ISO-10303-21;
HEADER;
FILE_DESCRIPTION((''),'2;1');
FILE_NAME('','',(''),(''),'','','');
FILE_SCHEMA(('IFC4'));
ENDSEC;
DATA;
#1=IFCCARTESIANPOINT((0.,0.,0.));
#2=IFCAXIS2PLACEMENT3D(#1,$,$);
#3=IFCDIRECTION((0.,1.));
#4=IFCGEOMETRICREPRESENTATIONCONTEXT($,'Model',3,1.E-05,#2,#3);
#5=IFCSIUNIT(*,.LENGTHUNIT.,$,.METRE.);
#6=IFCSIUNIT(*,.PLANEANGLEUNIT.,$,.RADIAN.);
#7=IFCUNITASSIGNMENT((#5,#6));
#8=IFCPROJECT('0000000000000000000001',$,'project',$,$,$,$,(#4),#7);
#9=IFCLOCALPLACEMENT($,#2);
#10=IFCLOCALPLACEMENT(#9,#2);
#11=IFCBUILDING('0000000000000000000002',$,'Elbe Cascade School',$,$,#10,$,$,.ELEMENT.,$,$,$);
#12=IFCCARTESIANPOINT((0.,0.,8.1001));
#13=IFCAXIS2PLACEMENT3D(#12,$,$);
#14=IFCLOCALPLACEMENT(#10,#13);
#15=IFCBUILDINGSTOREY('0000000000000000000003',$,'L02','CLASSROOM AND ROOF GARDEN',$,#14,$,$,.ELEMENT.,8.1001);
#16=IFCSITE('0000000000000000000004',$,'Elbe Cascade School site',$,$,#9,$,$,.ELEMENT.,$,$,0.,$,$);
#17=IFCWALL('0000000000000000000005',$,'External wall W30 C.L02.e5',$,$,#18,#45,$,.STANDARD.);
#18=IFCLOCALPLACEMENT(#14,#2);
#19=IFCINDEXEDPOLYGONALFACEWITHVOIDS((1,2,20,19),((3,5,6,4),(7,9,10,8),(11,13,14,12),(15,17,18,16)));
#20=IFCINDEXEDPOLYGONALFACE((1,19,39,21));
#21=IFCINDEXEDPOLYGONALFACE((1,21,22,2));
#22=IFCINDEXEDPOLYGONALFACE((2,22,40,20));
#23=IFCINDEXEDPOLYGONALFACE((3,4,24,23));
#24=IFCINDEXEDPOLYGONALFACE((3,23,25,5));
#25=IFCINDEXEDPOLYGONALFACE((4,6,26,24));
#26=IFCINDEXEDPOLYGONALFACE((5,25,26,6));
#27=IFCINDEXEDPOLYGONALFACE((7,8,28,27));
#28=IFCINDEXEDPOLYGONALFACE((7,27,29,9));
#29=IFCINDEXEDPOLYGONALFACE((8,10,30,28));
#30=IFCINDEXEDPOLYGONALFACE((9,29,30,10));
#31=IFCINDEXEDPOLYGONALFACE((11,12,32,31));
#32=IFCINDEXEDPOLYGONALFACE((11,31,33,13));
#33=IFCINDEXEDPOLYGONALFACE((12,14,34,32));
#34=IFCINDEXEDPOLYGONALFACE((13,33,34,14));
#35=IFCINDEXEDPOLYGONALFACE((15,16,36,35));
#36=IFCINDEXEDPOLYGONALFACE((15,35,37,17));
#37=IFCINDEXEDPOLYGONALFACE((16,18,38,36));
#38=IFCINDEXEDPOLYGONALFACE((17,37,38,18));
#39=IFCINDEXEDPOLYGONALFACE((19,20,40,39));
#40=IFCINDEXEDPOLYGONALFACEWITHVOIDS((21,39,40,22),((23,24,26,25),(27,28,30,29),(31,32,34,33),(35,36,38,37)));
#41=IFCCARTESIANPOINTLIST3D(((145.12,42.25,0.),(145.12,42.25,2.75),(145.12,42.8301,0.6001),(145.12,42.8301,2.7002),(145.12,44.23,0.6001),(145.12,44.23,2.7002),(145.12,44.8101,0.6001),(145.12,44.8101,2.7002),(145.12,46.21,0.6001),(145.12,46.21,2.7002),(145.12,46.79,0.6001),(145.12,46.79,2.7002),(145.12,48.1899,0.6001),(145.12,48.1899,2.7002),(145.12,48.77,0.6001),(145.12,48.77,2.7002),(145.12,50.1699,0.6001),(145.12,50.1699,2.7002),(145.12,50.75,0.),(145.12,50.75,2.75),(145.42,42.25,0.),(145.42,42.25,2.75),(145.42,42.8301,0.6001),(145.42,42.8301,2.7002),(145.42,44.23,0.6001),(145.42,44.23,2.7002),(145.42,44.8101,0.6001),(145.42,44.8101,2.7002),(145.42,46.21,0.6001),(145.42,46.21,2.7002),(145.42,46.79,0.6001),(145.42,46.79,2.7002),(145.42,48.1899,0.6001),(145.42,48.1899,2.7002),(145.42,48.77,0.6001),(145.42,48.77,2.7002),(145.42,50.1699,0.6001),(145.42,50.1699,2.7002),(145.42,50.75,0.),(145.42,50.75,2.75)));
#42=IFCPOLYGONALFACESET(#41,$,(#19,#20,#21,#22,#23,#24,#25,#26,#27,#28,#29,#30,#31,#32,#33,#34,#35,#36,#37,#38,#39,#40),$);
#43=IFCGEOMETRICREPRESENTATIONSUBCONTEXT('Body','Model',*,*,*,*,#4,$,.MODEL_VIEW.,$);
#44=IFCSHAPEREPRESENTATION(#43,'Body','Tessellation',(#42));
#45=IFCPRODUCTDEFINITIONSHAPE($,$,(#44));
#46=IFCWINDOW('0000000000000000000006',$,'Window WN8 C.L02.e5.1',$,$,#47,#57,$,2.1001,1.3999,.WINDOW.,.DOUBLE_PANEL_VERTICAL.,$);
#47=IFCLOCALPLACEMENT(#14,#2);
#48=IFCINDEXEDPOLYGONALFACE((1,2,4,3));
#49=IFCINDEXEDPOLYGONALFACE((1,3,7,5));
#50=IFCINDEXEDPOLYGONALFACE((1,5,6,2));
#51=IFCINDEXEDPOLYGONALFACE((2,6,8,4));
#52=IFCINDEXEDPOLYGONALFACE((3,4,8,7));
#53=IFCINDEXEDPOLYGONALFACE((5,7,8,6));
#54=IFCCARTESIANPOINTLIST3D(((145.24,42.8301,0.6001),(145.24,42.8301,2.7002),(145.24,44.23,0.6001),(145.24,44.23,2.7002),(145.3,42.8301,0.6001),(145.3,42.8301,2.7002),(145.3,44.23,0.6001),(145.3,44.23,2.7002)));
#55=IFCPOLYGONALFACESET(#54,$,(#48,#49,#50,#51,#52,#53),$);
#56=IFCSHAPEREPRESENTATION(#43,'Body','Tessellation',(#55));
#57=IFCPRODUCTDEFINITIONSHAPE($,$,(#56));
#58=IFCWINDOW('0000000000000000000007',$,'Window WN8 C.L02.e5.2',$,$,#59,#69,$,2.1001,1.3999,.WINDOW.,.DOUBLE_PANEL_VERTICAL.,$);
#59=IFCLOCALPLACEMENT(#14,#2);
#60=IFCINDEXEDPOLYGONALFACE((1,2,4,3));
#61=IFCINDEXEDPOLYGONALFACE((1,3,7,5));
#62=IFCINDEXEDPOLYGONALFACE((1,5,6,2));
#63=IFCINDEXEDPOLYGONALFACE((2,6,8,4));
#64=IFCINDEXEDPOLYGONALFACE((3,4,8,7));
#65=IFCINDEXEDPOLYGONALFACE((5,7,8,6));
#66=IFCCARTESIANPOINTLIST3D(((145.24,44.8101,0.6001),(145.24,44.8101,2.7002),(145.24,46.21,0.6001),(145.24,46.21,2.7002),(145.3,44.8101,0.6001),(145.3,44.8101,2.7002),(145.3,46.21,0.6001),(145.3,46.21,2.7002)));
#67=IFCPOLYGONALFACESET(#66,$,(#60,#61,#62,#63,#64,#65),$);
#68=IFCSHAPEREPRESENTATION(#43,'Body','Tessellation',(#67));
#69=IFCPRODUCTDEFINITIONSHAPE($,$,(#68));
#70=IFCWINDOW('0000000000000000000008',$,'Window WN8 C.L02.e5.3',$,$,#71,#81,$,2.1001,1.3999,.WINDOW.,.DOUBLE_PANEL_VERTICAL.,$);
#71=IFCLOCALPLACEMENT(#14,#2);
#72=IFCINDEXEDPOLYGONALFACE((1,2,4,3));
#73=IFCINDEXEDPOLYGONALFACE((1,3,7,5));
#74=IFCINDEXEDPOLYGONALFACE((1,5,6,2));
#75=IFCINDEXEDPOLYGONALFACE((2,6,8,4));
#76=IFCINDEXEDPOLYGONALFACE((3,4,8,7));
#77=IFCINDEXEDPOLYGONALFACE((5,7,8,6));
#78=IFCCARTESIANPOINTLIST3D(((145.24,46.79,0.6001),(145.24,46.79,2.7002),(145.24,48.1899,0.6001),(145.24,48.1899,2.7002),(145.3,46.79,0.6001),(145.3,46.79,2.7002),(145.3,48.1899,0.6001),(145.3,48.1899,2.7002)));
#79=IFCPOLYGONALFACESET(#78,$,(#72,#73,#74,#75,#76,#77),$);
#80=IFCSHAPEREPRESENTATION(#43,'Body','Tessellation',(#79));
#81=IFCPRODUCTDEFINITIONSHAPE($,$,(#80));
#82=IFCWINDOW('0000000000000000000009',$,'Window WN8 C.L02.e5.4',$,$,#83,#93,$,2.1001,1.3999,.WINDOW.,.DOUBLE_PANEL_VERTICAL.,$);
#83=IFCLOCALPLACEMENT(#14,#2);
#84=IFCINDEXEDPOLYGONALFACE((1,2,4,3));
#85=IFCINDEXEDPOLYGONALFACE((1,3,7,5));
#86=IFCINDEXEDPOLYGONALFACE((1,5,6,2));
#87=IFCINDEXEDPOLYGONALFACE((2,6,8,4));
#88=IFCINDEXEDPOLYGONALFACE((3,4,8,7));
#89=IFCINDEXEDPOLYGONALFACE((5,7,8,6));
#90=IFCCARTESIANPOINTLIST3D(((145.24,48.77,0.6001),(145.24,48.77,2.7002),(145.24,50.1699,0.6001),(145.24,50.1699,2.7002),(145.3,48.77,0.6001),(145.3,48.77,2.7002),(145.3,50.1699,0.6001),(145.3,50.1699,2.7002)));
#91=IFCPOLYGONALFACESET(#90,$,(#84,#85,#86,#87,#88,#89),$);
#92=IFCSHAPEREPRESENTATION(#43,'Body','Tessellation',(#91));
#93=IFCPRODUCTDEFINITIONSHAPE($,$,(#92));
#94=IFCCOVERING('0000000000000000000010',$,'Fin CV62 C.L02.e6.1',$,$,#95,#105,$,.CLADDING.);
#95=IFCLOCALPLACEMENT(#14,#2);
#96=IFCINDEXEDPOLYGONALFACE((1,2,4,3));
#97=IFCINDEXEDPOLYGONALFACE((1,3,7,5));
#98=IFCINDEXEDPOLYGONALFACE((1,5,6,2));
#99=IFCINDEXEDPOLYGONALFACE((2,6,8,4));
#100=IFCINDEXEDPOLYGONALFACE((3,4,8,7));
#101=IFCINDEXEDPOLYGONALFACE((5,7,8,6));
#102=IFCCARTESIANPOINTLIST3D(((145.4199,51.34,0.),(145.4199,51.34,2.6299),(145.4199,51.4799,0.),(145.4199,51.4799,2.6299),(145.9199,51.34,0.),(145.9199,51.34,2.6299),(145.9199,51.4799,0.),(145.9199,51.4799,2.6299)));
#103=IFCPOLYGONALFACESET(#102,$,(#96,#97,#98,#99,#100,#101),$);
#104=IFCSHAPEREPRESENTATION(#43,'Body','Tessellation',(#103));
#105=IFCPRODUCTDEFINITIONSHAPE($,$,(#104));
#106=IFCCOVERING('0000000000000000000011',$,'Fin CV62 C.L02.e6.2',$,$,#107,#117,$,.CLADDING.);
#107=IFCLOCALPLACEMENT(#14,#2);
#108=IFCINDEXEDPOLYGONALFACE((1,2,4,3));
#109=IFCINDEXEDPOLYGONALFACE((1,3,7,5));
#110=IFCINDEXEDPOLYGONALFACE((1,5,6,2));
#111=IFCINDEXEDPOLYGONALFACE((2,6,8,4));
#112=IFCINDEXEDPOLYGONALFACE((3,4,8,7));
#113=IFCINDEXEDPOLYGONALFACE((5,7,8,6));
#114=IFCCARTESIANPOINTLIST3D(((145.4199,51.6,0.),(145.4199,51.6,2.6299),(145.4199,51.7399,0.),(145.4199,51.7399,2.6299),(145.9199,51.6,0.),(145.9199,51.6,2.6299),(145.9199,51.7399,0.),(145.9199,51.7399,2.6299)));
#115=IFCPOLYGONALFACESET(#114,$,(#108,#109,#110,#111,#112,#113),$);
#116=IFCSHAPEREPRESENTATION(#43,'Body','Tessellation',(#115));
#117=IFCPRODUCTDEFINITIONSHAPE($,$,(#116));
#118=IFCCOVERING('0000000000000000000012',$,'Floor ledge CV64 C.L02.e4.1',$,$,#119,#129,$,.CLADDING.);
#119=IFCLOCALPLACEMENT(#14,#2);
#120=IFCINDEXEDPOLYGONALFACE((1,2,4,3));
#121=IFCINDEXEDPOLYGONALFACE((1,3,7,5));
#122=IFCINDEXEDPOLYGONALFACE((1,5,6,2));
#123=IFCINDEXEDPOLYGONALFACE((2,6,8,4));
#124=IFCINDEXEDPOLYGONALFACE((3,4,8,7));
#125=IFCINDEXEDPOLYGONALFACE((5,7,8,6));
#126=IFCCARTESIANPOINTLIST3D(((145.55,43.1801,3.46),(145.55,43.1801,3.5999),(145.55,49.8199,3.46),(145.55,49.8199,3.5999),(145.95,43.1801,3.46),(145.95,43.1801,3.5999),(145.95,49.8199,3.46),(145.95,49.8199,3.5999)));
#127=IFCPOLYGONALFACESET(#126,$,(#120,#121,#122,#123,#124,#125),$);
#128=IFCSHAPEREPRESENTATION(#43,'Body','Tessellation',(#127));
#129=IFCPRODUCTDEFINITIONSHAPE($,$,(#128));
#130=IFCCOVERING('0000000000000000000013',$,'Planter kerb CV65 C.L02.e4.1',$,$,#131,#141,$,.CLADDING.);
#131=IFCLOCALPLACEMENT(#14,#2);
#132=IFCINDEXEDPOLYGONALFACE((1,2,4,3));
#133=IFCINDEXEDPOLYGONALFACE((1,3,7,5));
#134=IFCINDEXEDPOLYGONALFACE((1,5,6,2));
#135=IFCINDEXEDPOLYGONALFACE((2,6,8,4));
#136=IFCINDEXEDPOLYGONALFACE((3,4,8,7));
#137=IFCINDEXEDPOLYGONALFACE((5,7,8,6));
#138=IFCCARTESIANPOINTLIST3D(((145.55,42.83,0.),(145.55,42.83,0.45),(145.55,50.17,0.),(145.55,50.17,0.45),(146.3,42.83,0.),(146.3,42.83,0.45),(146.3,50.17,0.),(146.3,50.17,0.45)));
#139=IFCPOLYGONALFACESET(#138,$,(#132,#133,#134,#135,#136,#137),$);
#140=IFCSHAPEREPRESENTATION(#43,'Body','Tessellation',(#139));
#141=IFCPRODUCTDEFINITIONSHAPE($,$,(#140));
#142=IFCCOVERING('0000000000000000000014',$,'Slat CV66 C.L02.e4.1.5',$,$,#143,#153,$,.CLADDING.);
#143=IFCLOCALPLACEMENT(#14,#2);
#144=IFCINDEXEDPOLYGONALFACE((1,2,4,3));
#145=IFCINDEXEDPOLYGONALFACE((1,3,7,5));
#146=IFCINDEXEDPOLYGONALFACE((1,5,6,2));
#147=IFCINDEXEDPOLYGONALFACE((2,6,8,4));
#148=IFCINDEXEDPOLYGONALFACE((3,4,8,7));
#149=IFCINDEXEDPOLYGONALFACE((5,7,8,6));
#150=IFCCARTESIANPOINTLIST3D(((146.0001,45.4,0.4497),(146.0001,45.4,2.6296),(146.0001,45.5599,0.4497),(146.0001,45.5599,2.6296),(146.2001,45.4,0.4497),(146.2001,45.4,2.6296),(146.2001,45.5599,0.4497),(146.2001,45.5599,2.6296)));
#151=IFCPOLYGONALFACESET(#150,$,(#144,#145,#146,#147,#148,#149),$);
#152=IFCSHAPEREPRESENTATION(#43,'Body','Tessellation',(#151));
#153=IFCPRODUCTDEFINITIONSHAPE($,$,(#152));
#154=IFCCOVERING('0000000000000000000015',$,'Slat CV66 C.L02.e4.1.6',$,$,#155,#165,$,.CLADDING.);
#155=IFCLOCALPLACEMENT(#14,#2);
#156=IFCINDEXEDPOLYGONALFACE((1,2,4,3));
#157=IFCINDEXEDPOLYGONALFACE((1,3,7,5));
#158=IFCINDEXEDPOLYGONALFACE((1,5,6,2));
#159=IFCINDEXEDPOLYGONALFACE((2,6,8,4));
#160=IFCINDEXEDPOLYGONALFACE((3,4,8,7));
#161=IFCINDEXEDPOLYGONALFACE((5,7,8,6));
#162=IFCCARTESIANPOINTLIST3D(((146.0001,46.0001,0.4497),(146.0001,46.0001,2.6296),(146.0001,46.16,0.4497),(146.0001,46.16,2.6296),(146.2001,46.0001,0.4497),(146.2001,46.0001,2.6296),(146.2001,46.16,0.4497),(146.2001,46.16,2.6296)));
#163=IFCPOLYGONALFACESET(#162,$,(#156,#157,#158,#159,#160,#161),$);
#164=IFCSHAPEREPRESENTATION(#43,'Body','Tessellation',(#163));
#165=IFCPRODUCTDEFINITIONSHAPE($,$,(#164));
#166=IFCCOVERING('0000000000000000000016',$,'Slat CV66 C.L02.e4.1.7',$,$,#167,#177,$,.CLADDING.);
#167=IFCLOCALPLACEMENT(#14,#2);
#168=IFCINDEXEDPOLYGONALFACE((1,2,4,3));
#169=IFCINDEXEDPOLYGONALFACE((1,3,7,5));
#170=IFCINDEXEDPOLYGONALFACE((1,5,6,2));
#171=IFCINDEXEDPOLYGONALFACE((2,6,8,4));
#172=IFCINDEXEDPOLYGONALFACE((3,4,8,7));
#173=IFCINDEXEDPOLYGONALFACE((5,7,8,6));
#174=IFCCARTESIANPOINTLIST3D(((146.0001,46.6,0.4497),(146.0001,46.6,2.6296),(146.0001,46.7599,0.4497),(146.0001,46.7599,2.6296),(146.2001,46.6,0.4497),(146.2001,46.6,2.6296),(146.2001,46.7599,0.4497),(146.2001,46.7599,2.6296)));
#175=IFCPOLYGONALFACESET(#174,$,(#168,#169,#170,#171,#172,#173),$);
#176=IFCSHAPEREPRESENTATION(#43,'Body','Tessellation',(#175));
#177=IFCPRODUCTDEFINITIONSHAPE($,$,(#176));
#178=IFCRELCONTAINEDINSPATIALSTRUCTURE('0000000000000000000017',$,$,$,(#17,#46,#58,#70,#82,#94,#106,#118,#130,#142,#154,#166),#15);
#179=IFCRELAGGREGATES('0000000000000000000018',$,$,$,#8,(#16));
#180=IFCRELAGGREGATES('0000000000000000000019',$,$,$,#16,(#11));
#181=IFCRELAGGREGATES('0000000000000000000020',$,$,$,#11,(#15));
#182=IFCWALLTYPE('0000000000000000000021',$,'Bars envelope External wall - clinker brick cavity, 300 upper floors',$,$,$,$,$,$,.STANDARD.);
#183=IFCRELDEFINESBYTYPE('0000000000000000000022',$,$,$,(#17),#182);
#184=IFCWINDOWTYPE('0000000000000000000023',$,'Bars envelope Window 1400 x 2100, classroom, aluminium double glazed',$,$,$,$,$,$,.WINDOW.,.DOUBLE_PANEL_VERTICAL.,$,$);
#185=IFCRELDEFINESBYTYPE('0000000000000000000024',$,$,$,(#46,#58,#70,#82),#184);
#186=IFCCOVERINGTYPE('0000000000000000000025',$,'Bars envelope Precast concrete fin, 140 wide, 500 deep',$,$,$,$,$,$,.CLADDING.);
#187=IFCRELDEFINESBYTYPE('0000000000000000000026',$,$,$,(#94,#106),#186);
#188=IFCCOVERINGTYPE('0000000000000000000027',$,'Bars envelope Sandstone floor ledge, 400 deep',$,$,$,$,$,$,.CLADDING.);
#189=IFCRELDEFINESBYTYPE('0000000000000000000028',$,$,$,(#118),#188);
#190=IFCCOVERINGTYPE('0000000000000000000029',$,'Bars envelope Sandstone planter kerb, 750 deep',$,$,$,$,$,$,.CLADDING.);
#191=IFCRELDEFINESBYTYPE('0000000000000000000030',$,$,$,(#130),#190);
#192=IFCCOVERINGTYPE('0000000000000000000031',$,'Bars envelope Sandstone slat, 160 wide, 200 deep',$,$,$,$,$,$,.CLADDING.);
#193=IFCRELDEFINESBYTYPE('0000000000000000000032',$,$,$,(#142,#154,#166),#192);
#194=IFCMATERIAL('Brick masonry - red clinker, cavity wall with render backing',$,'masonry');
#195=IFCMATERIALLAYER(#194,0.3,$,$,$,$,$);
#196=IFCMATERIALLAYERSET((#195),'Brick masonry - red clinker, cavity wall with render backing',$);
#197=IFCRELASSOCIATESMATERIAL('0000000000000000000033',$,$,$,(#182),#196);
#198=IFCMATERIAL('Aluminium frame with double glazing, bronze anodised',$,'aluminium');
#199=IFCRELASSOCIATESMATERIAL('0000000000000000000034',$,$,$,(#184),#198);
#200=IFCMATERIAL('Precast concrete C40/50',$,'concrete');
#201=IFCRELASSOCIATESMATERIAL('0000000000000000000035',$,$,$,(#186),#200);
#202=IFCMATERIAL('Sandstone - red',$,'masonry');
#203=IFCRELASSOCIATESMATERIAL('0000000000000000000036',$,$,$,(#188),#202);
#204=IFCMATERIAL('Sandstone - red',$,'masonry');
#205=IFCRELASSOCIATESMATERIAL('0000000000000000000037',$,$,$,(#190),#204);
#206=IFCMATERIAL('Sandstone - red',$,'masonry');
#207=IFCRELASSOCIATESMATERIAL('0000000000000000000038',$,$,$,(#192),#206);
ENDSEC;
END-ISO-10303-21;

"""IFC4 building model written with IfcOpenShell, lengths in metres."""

from ifc_helpers import new_model, si_unit, direction, frame, frame_2d, origin, origin_2d, place, context, subcontext, project, spatial, rectangle, extrude, material, layer, layer_set, type_object, element, fill, save


model = new_model("IFC4")

# Units and contexts
model_context = context("Model", 3, precision=1e-05, world=origin(), true_north=direction((0.0, 1.0)))
body_context = subcontext(model_context, "Body", "Model", "MODEL_VIEW")
ifc_project = project(units=[si_unit("LENGTHUNIT", "METRE"), si_unit("PLANEANGLEUNIT", "RADIAN")], contexts=[model_context])

# Site, building, storey
site_placement = place(None, origin())
site = spatial("IfcSite", under=ifc_project, at=site_placement, Name="Elbe Cascade School site", CompositionType="ELEMENT", RefElevation=0.0)
building_placement = place(site_placement, origin())
building = spatial("IfcBuilding", under=site, at=building_placement, Name="Elbe Cascade School", CompositionType="ELEMENT")
storey_placement = place(building_placement, frame((0.0, 0.0, 8.1001)))
storey = spatial("IfcBuildingStorey", under=building, at=storey_placement, Name="L02", Description="CLASSROOM AND ROOF GARDEN", CompositionType="ELEMENT", Elevation=8.1001)

# Wall, openings, windows
ifc_material_1 = material(Name="Brick masonry - red clinker, cavity wall with render backing", Category="masonry")
ifc_layer_1 = layer(ifc_material_1, 0.3)
ifc_layer_set_1 = layer_set([ifc_layer_1], Name="Brick masonry - red clinker, cavity wall with render backing")
wall_type_1 = type_object("IfcWallType", Name="Bars envelope External wall - clinker brick cavity, 300 upper floors", PredefinedType="STANDARD", material=ifc_layer_set_1)
wall_1_placement = place(storey_placement, frame((145.27, 50.75, 0.0), z_axis=(0.0, 0.0, 1.0), x_axis=(0.0, -1.0, 0.0)))
wall_1 = element("IfcWall", 1, at=wall_1_placement, inside=storey, type_object=wall_type_1, Name="External wall W30 C.L02.e5", PredefinedType="STANDARD", context=body_context, shape_type="SweptSolid", body=[
    extrude(rectangle(XDim=8.5, YDim=0.3, at=frame_2d((4.25, 0.0))), origin(), (0.0, 0.0, 1.0), 2.75),
])
opening_1_placement = place(wall_1_placement, frame((6.52, 0.0, 0.6001)))
opening_1 = element("IfcOpeningElement", 2, at=opening_1_placement, cuts=wall_1, PredefinedType="OPENING", context=body_context, shape_type="SweptSolid", body=[
    extrude(rectangle(XDim=1.3999, YDim=2.1001, at=frame_2d((0.7, 1.05))), frame((0.0, 0.1599, 0.0), z_axis=(0.0, -1.0, 0.0), x_axis=(1.0, 0.0, 0.0)), (0.0, 0.0, 1.0), 0.3201),
])
opening_2_placement = place(wall_1_placement, frame((4.54, 0.0, 0.6001)))
opening_2 = element("IfcOpeningElement", 3, at=opening_2_placement, cuts=wall_1, PredefinedType="OPENING", context=body_context, shape_type="SweptSolid", body=[
    extrude(rectangle(XDim=1.3999, YDim=2.1001, at=frame_2d((0.7, 1.05))), frame((0.0, 0.1599, 0.0), z_axis=(0.0, -1.0, 0.0), x_axis=(1.0, 0.0, 0.0)), (0.0, 0.0, 1.0), 0.3201),
])
opening_3_placement = place(wall_1_placement, frame((2.5601, 0.0, 0.6001)))
opening_3 = element("IfcOpeningElement", 4, at=opening_3_placement, cuts=wall_1, PredefinedType="OPENING", context=body_context, shape_type="SweptSolid", body=[
    extrude(rectangle(XDim=1.3999, YDim=2.1001, at=frame_2d((0.7, 1.05))), frame((0.0, 0.1599, 0.0), z_axis=(0.0, -1.0, 0.0), x_axis=(1.0, 0.0, 0.0)), (0.0, 0.0, 1.0), 0.3201),
])
opening_4_placement = place(wall_1_placement, frame((0.5801, 0.0, 0.6001)))
opening_4 = element("IfcOpeningElement", 5, at=opening_4_placement, cuts=wall_1, PredefinedType="OPENING", context=body_context, shape_type="SweptSolid", body=[
    extrude(rectangle(XDim=1.3999, YDim=2.1001, at=frame_2d((0.7, 1.05))), frame((0.0, 0.1599, 0.0), z_axis=(0.0, -1.0, 0.0), x_axis=(1.0, 0.0, 0.0)), (0.0, 0.0, 1.0), 0.3201),
])
ifc_material_2 = material(Name="Aluminium frame with double glazing, bronze anodised", Category="aluminium")
window_type = type_object("IfcWindowType", Name="Bars envelope Window 1400 x 2100, classroom, aluminium double glazed", PartitioningType="DOUBLE_PANEL_VERTICAL", PredefinedType="WINDOW", material=ifc_material_2)
window_1_placement = place(opening_1_placement, origin())
window_1 = element("IfcWindow", 6, at=window_1_placement, inside=storey, type_object=window_type, Name="Window WN8 C.L02.e5.1", OverallHeight=2.1001, OverallWidth=1.3999, PartitioningType="DOUBLE_PANEL_VERTICAL", PredefinedType="WINDOW", context=body_context, shape_type="SweptSolid", body=[
    extrude(rectangle(XDim=1.3999, YDim=2.1001, at=frame_2d((0.7, 1.05))), frame((0.0, 0.03, 0.0), z_axis=(0.0, -1.0, 0.0), x_axis=(1.0, 0.0, 0.0)), (0.0, 0.0, 1.0), 0.0601),
])
fill(opening_1, window_1)
window_2_placement = place(opening_2_placement, origin())
window_2 = element("IfcWindow", 7, at=window_2_placement, inside=storey, type_object=window_type, Name="Window WN8 C.L02.e5.2", OverallHeight=2.1001, OverallWidth=1.3999, PartitioningType="DOUBLE_PANEL_VERTICAL", PredefinedType="WINDOW", context=body_context, shape_type="SweptSolid", body=[
    extrude(rectangle(XDim=1.3999, YDim=2.1001, at=frame_2d((0.7, 1.05))), frame((0.0, 0.03, 0.0), z_axis=(0.0, -1.0, 0.0), x_axis=(1.0, 0.0, 0.0)), (0.0, 0.0, 1.0), 0.0601),
])
fill(opening_2, window_2)
window_3_placement = place(opening_3_placement, origin())
window_3 = element("IfcWindow", 8, at=window_3_placement, inside=storey, type_object=window_type, Name="Window WN8 C.L02.e5.3", OverallHeight=2.1001, OverallWidth=1.3999, PartitioningType="DOUBLE_PANEL_VERTICAL", PredefinedType="WINDOW", context=body_context, shape_type="SweptSolid", body=[
    extrude(rectangle(XDim=1.3999, YDim=2.1001, at=frame_2d((0.7, 1.05))), frame((0.0, 0.03, 0.0), z_axis=(0.0, -1.0, 0.0), x_axis=(1.0, 0.0, 0.0)), (0.0, 0.0, 1.0), 0.0601),
])
fill(opening_3, window_3)
window_4_placement = place(opening_4_placement, origin())
window_4 = element("IfcWindow", 9, at=window_4_placement, inside=storey, type_object=window_type, Name="Window WN8 C.L02.e5.4", OverallHeight=2.1001, OverallWidth=1.3999, PartitioningType="DOUBLE_PANEL_VERTICAL", PredefinedType="WINDOW", context=body_context, shape_type="SweptSolid", body=[
    extrude(rectangle(XDim=1.3999, YDim=2.1001, at=frame_2d((0.7, 1.05))), frame((0.0, 0.03, 0.0), z_axis=(0.0, -1.0, 0.0), x_axis=(1.0, 0.0, 0.0)), (0.0, 0.0, 1.0), 0.0601),
])
fill(opening_4, window_4)

# Coverings
ifc_material_3 = material(Name="Precast concrete C40/50", Category="concrete")
covering_type_1 = type_object("IfcCoveringType", Name="Bars envelope Precast concrete fin, 140 wide, 500 deep", PredefinedType="CLADDING", material=ifc_material_3)
for number, where, z_axis, x_axis, name in (
    (10, (145.6699, 51.4099, 0.0), (0.0, 0.0, 1.0), (0.0, 1.0, 0.0), "Fin CV62 C.L02.e6.1"),
    (11, (145.6699, 51.6699, 0.0), (0.0, 0.0, 1.0), (0.0, 1.0, 0.0), "Fin CV62 C.L02.e6.2"),
):
    element("IfcCovering", number, at=place(storey_placement, frame(where, z_axis=z_axis, x_axis=x_axis)), inside=storey, type_object=covering_type_1, Name=name, PredefinedType="CLADDING", context=body_context, shape_type="SweptSolid", body=[
        extrude(rectangle(XDim=0.1399, YDim=0.5, at=origin_2d()), origin(), (0.0, 0.0, 1.0), 2.6299),
    ])
ifc_material_4 = material(Name="Sandstone - red", Category="masonry")
covering_type_2 = type_object("IfcCoveringType", Name="Bars envelope Sandstone floor ledge, 400 deep", PredefinedType="CLADDING", material=ifc_material_4)
covering_1_placement = place(storey_placement, frame((145.75, 46.5, 3.46), z_axis=(0.0, 0.0, 1.0), x_axis=(0.0, 1.0, 0.0)))
element("IfcCovering", 12, at=covering_1_placement, inside=storey, type_object=covering_type_2, Name="Floor ledge CV64 C.L02.e4.1", PredefinedType="CLADDING", context=body_context, shape_type="SweptSolid", body=[
    extrude(rectangle(XDim=6.6399, YDim=0.3999, at=origin_2d()), origin(), (0.0, 0.0, 1.0), 0.1399),
])
ifc_material_5 = material(Name="Sandstone - red", Category="masonry")
covering_type_3 = type_object("IfcCoveringType", Name="Bars envelope Sandstone planter kerb, 750 deep", PredefinedType="CLADDING", material=ifc_material_5)
covering_2_placement = place(storey_placement, frame((145.925, 46.5, 0.0), z_axis=(0.0, 0.0, 1.0), x_axis=(0.0, 1.0, 0.0)))
element("IfcCovering", 13, at=covering_2_placement, inside=storey, type_object=covering_type_3, Name="Planter kerb CV65 C.L02.e4.1", PredefinedType="CLADDING", context=body_context, shape_type="SweptSolid", body=[
    extrude(rectangle(XDim=7.3401, YDim=0.75, at=origin_2d()), origin(), (0.0, 0.0, 1.0), 0.45),
])
ifc_material_6 = material(Name="Sandstone - red", Category="masonry")
covering_type_4 = type_object("IfcCoveringType", Name="Bars envelope Sandstone slat, 160 wide, 200 deep", PredefinedType="CLADDING", material=ifc_material_6)
for number, where, z_axis, x_axis, name in (
    (14, (146.1001, 45.48, 0.4497), (0.0, 0.0, 1.0), (0.0, 1.0, 0.0), "Slat CV66 C.L02.e4.1.5"),
    (15, (146.1001, 46.0801, 0.4497), (0.0, 0.0, 1.0), (0.0, 1.0, 0.0), "Slat CV66 C.L02.e4.1.6"),
    (16, (146.1001, 46.6799, 0.4497), (0.0, 0.0, 1.0), (0.0, 1.0, 0.0), "Slat CV66 C.L02.e4.1.7"),
):
    element("IfcCovering", number, at=place(storey_placement, frame(where, z_axis=z_axis, x_axis=x_axis)), inside=storey, type_object=covering_type_4, Name=name, PredefinedType="CLADDING", context=body_context, shape_type="SweptSolid", body=[
        extrude(rectangle(XDim=0.1599, YDim=0.2, at=origin_2d()), origin(), (0.0, 0.0, 1.0), 2.1799),
    ])

save(model, "model.ifc")
